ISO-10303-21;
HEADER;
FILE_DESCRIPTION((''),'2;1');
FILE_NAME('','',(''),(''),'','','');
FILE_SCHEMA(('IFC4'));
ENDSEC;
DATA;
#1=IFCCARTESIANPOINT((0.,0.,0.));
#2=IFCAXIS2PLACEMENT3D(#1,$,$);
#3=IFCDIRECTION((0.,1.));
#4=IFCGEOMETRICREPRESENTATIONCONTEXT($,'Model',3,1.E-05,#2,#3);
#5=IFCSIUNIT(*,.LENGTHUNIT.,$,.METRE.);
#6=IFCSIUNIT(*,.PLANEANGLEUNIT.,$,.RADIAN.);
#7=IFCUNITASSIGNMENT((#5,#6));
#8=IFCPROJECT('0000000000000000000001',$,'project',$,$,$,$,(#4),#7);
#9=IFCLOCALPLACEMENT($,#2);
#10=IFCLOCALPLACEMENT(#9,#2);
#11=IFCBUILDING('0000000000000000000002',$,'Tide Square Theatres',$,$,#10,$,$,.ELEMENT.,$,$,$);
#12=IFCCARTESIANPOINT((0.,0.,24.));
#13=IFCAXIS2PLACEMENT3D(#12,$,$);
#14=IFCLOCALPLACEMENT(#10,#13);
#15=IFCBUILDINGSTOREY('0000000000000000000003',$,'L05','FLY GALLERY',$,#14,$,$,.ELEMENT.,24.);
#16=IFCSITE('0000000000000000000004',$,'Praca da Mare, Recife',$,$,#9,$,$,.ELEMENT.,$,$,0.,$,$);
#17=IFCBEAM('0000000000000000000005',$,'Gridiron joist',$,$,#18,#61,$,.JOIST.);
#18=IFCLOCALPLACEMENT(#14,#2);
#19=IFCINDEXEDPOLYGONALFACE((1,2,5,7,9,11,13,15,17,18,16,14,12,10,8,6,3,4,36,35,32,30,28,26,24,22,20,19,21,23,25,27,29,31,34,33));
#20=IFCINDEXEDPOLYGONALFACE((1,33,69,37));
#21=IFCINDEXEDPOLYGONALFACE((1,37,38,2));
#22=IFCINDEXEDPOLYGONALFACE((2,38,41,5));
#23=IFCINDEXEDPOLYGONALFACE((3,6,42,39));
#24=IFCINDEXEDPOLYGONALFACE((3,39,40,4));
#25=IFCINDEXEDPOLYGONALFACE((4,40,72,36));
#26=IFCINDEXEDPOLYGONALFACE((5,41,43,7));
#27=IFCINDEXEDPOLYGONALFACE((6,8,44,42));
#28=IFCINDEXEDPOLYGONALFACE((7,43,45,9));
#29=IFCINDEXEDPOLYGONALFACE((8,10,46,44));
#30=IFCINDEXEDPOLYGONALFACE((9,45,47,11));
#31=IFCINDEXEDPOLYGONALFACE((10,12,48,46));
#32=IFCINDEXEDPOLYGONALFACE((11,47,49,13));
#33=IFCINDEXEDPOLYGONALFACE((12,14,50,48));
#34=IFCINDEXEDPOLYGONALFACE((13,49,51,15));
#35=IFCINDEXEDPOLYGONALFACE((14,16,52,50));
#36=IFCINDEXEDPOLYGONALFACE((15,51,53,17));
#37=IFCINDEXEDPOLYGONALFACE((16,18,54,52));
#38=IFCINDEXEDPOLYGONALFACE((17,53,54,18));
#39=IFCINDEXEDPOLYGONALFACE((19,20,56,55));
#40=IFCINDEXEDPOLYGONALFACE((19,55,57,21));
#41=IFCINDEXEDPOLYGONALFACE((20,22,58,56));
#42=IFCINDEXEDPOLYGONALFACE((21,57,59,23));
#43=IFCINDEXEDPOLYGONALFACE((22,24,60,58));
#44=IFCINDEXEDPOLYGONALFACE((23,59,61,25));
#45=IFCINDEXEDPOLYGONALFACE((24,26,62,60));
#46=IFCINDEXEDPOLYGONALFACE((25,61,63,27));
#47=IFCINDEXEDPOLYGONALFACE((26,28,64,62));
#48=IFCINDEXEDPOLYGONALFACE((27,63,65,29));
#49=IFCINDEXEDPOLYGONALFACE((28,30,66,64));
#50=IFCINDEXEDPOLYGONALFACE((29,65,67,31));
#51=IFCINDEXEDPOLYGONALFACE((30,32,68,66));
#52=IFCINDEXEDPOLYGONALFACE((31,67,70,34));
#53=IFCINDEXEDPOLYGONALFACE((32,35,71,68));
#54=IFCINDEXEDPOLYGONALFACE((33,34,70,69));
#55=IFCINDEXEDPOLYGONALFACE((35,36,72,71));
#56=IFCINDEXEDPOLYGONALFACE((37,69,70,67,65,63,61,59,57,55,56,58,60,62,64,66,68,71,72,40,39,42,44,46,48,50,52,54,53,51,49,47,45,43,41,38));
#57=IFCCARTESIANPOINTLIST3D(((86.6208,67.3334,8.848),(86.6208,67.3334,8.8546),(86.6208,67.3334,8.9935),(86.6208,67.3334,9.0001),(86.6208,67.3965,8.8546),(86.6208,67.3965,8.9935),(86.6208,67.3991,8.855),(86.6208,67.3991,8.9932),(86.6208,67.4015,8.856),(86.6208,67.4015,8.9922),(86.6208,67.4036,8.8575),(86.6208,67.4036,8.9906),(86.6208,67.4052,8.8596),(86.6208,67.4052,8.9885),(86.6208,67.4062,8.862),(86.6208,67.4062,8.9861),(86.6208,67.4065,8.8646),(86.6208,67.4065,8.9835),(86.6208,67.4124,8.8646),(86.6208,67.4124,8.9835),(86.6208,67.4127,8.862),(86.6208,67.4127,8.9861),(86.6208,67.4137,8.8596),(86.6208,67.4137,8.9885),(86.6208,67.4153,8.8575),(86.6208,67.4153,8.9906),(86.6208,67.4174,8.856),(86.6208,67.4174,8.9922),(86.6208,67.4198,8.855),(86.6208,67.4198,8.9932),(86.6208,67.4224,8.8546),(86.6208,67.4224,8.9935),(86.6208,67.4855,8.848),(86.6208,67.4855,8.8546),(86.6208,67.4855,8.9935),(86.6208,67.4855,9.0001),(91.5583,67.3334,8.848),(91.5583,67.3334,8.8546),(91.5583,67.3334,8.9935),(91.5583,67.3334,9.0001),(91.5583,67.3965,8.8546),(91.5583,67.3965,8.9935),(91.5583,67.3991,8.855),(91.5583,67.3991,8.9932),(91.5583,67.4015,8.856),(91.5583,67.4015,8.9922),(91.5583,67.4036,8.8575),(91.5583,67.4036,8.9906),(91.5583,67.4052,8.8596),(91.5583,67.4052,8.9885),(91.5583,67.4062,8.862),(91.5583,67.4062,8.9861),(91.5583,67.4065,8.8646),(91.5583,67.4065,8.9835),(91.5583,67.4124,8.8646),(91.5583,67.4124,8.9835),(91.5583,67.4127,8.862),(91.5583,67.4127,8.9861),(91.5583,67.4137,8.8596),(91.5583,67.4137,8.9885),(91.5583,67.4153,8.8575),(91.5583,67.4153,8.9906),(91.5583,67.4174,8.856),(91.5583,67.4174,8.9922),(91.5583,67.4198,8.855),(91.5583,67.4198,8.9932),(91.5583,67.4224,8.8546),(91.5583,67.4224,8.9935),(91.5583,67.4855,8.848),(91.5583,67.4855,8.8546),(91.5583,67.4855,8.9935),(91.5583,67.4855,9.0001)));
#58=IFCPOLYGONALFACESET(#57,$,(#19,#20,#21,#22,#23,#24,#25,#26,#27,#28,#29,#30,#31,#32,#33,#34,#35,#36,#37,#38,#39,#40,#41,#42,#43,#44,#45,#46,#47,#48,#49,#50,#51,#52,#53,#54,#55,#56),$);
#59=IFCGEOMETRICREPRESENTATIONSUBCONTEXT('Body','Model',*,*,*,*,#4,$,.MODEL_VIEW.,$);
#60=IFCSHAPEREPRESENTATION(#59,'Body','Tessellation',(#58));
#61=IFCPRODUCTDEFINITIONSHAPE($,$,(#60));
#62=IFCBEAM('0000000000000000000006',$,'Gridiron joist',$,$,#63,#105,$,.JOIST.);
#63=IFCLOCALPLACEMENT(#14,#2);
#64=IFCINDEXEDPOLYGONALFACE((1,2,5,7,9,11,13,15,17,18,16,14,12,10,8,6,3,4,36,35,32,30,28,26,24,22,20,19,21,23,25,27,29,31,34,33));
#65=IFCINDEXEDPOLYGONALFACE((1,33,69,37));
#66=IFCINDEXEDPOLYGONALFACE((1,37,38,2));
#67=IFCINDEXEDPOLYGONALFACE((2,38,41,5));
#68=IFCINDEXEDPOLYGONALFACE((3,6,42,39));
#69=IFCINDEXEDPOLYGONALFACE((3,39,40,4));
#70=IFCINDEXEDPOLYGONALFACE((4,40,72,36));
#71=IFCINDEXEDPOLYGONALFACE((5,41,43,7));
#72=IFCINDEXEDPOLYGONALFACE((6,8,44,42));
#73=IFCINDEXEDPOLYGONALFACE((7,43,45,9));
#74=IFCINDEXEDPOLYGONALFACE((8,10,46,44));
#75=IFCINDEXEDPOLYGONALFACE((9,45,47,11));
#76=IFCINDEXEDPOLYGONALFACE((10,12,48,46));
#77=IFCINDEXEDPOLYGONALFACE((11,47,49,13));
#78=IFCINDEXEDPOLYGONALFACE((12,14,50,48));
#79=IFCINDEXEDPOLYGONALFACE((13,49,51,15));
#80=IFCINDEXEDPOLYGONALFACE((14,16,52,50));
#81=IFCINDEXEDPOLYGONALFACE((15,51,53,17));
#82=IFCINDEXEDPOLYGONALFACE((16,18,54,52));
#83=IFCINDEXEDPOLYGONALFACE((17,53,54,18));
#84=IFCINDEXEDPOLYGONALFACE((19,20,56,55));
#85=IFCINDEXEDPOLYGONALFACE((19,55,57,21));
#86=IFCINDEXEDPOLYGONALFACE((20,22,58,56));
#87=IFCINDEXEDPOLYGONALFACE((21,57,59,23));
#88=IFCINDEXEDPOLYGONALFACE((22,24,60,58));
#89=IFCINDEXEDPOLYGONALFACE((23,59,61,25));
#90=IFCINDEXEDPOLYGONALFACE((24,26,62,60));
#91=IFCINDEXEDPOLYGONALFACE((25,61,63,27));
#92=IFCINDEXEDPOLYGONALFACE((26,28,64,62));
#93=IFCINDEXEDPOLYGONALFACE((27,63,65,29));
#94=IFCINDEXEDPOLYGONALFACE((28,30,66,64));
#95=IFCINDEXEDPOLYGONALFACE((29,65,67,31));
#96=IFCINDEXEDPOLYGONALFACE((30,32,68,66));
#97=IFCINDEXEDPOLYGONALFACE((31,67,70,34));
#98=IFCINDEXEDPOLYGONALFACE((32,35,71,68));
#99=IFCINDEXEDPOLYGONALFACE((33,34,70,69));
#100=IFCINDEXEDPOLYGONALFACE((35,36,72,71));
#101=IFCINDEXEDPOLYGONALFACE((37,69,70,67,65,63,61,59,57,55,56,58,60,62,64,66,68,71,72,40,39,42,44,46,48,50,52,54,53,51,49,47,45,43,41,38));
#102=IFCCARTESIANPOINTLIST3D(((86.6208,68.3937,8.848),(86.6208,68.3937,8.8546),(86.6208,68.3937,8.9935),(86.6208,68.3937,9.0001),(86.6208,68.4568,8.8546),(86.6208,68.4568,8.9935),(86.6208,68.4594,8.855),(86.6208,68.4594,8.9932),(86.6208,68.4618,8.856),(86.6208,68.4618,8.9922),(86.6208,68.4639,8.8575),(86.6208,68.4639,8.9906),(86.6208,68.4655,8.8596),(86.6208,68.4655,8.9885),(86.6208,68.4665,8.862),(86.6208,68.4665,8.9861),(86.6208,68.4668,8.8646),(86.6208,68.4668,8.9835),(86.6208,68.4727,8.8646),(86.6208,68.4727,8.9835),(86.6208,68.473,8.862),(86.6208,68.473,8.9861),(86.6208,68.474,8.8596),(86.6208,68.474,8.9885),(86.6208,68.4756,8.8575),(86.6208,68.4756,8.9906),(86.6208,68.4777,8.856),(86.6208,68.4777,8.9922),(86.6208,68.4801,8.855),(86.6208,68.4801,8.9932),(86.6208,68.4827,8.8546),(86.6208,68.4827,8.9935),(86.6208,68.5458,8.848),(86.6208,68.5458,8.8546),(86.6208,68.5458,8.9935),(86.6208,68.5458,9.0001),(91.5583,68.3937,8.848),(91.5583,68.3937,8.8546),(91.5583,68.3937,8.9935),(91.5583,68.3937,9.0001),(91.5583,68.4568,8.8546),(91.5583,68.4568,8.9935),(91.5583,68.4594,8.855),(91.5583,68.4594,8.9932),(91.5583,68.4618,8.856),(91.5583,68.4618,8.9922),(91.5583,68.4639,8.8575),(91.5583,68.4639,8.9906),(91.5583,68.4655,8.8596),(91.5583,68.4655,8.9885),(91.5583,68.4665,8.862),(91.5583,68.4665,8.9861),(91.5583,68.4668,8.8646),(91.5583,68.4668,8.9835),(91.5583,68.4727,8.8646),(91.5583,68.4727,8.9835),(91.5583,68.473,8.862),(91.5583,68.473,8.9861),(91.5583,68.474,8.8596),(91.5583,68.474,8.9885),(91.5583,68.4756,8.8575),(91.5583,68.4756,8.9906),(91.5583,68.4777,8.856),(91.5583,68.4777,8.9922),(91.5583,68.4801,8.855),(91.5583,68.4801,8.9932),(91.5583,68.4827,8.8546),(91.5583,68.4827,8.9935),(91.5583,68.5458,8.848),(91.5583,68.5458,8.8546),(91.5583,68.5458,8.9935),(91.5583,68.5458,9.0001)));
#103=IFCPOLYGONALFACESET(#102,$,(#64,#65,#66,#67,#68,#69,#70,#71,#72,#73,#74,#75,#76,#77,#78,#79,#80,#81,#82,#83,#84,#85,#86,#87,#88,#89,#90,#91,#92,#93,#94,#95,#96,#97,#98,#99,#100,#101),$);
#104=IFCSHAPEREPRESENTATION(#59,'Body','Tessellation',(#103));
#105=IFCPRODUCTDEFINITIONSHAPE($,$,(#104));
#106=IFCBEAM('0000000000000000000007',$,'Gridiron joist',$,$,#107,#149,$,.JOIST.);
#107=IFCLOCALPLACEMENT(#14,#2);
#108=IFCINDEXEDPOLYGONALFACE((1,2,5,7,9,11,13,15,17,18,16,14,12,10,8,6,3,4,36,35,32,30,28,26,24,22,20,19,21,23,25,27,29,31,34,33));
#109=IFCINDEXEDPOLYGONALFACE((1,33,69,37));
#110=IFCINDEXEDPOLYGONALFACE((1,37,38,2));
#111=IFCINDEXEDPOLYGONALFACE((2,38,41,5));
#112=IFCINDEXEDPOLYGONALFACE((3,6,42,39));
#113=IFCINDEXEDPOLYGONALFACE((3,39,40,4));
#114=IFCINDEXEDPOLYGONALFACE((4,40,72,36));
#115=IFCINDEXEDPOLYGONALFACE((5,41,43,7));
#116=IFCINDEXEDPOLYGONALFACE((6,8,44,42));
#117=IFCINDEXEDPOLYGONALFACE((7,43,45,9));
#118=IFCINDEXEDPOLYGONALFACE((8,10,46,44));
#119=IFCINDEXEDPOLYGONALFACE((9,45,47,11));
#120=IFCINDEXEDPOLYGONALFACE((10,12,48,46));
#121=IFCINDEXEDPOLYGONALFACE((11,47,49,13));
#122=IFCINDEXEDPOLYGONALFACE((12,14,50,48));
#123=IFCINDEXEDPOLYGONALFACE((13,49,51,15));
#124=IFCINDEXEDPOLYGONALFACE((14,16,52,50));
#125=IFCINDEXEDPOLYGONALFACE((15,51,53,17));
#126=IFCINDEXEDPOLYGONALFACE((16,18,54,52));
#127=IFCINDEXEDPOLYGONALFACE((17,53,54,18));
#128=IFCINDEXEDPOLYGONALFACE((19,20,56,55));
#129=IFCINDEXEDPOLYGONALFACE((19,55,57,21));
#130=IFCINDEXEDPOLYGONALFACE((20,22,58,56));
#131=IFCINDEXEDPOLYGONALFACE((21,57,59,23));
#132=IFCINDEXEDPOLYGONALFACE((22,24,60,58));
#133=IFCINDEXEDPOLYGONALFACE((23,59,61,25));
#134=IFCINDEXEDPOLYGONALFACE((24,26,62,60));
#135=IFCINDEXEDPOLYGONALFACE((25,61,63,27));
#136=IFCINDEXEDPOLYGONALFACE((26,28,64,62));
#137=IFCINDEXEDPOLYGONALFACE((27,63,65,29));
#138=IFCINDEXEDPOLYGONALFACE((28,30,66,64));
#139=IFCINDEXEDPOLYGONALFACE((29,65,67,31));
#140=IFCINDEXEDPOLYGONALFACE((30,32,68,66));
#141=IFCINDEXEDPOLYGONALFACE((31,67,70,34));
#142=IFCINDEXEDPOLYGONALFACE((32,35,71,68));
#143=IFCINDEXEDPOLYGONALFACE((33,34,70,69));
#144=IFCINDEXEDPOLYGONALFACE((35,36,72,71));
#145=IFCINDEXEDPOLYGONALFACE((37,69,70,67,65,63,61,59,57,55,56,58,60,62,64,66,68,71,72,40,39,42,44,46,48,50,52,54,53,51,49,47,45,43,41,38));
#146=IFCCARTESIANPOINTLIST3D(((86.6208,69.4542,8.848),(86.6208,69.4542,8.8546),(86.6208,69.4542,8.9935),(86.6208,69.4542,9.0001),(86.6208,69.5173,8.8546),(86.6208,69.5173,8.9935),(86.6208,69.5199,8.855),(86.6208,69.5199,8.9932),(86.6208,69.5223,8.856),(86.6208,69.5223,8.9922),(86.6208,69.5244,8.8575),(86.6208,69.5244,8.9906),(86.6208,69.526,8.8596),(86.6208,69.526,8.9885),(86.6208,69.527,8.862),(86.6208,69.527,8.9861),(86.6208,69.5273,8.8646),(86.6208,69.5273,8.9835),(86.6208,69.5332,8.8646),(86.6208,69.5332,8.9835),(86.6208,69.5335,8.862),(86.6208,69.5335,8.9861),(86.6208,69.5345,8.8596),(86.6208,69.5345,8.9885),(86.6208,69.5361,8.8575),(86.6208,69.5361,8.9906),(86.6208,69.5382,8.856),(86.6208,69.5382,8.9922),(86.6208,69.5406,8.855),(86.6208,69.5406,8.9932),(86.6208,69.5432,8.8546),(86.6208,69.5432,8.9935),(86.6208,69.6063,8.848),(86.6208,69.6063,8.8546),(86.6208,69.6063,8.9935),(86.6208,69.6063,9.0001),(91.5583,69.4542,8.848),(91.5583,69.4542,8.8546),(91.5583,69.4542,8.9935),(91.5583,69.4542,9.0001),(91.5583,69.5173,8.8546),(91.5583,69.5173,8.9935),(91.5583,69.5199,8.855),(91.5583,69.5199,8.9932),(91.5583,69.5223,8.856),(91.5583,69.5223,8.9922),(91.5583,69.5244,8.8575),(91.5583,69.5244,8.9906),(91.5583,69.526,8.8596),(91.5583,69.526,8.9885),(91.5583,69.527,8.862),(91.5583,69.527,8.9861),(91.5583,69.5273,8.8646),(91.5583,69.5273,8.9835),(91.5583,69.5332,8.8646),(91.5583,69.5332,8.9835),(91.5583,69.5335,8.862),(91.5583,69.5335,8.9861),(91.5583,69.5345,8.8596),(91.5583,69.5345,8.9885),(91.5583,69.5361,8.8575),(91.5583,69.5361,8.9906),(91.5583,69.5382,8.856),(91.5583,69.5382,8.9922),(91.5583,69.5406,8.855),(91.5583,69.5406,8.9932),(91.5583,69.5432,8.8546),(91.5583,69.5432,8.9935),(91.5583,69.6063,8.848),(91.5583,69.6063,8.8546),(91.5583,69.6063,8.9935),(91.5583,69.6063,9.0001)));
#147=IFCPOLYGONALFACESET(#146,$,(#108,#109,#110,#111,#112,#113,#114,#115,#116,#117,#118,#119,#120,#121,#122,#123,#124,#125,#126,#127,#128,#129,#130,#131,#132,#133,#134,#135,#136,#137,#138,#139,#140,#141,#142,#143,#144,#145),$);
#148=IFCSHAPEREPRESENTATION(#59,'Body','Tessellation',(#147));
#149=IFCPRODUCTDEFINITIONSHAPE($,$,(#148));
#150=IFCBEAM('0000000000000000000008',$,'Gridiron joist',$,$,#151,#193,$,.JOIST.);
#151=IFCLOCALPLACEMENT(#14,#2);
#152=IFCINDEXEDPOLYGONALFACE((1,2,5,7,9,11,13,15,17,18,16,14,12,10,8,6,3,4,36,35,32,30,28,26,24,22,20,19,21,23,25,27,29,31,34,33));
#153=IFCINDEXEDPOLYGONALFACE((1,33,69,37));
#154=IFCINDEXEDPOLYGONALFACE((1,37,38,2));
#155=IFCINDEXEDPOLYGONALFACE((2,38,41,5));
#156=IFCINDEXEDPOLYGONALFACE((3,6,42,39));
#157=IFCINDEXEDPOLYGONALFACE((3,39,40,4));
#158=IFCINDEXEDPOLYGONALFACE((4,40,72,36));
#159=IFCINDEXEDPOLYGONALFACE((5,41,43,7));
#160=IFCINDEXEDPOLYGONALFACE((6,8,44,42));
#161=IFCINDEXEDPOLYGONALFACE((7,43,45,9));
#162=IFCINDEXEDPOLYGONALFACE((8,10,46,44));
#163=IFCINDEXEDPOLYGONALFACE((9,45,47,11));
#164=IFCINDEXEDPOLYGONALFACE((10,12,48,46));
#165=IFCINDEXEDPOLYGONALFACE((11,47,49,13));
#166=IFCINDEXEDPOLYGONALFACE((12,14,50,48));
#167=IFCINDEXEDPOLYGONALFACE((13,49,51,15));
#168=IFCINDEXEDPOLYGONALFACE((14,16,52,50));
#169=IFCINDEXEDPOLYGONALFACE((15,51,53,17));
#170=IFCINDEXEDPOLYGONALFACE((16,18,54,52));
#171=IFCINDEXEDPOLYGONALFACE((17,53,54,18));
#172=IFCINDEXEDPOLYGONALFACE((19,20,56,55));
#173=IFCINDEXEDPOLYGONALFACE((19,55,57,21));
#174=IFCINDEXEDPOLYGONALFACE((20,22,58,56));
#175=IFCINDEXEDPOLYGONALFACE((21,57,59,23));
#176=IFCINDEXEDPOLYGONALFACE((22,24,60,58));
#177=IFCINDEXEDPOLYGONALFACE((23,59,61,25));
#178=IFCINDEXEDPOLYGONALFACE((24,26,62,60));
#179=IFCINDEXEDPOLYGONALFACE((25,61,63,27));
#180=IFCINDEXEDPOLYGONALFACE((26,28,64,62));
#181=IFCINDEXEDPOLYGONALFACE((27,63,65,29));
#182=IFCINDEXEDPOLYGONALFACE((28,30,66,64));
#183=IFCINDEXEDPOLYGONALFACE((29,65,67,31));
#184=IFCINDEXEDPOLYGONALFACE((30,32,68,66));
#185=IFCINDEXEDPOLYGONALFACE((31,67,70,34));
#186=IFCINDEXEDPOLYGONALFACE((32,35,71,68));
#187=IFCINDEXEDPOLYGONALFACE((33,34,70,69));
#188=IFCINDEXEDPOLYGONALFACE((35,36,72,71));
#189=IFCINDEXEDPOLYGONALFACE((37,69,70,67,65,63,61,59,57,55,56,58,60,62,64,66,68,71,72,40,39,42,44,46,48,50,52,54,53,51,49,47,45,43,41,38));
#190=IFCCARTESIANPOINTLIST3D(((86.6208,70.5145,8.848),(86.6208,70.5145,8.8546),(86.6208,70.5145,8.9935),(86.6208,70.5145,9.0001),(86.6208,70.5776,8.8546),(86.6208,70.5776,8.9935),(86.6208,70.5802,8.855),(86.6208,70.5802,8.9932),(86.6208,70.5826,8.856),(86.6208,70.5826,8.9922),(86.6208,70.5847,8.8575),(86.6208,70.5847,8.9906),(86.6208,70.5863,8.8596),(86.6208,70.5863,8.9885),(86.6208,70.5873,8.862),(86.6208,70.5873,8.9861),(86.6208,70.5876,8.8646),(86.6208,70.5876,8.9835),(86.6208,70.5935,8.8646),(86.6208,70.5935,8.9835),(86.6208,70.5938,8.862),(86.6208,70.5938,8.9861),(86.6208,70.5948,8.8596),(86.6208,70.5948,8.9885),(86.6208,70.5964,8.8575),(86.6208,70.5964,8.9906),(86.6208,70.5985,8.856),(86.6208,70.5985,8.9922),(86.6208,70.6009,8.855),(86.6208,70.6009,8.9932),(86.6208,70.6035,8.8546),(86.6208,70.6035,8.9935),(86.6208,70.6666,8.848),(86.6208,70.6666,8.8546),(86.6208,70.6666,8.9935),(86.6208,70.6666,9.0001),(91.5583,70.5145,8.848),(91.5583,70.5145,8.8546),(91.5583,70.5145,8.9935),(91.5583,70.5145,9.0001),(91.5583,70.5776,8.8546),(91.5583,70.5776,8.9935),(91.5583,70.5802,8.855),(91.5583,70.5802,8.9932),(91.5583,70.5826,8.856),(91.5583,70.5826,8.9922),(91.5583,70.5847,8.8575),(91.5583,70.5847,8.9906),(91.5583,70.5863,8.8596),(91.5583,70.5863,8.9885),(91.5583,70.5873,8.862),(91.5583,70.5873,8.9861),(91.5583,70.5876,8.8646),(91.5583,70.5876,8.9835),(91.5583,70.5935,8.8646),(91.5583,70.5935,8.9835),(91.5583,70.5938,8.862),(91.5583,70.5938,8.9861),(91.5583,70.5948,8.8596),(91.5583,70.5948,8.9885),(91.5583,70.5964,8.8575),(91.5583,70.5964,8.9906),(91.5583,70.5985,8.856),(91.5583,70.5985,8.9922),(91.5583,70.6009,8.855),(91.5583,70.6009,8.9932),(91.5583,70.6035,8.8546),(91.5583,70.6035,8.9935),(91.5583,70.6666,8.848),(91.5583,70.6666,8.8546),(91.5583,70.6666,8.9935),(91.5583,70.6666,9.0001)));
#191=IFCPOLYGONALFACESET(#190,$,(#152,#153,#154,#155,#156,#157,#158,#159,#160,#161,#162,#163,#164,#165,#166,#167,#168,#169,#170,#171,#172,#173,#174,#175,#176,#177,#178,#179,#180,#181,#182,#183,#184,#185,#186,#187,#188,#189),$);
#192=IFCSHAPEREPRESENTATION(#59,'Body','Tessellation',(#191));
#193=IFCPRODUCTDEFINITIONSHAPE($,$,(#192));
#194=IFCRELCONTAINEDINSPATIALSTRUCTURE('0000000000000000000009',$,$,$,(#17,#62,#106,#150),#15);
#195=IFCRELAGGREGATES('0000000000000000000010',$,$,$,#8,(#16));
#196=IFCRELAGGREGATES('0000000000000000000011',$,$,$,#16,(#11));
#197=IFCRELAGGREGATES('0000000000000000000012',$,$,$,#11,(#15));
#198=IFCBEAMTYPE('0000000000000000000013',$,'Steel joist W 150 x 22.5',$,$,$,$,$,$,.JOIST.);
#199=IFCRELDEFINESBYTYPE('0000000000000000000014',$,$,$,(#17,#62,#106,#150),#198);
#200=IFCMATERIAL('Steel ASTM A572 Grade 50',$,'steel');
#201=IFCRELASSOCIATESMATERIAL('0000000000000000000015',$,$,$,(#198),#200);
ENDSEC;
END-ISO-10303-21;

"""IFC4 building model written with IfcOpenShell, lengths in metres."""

from ifc_helpers import new_model, si_unit, direction, frame, origin, origin_2d, place, context, subcontext, project, spatial, i_section, extrude, material, material_profile, profile_set, type_object, element, save


model = new_model("IFC4")

# Units and contexts
model_context = context("Model", 3, precision=1e-05, world=origin(), true_north=direction((0.0, 1.0)))
body_context = subcontext(model_context, "Body", "Model", "MODEL_VIEW")
ifc_project = project(units=[si_unit("LENGTHUNIT", "METRE"), si_unit("PLANEANGLEUNIT", "RADIAN")], contexts=[model_context])

# Site, building, storey
site_placement = place(None, origin())
site = spatial("IfcSite", under=ifc_project, at=site_placement, Name="Praca da Mare, Recife", CompositionType="ELEMENT", RefElevation=0.0)
building_placement = place(site_placement, origin())
building = spatial("IfcBuilding", under=site, at=building_placement, Name="Tide Square Theatres", CompositionType="ELEMENT")
storey_placement = place(building_placement, frame((0.0, 0.0, 24.0)))
storey = spatial("IfcBuildingStorey", under=building, at=storey_placement, Name="L05", Description="FLY GALLERY", CompositionType="ELEMENT", Elevation=24.0)

# Beams
ifc_material_1 = material(Name="Steel ASTM A572 Grade 50", Category="steel")
ifc_material_profile_1 = material_profile(ifc_material_1, i_section(OverallWidth=0.1521, OverallDepth=0.1521, WebThickness=0.0059, FlangeThickness=0.0066, FilletRadius=0.01, at=origin_2d()))
ifc_profile_set_1 = profile_set([ifc_material_profile_1], Name="Steel ASTM A572 Grade 50")
beam_type_1 = type_object("IfcBeamType", Name="Steel joist W 150 x 22.5", PredefinedType="JOIST", material=ifc_profile_set_1)
for number, where, z_axis, x_axis, name in (
    (1, (86.6208, 67.4094, 8.9241), (1.0, 0.0, 0.0), (0.0, 1.0, 0.0), "Gridiron joist"),
    (2, (86.6208, 68.4697, 8.9241), (1.0, 0.0, 0.0), (0.0, 1.0, 0.0), "Gridiron joist"),
    (3, (86.6208, 69.5303, 8.9241), (1.0, 0.0, 0.0), (0.0, 1.0, 0.0), "Gridiron joist"),
    (4, (86.6208, 70.5906, 8.9241), (1.0, 0.0, 0.0), (0.0, 1.0, 0.0), "Gridiron joist"),
):
    element("IfcBeam", number, at=place(storey_placement, frame(where, z_axis=z_axis, x_axis=x_axis)), inside=storey, type_object=beam_type_1, Name=name, PredefinedType="JOIST", context=body_context, shape_type="SweptSolid", body=[
        extrude(i_section(OverallWidth=0.1521, OverallDepth=0.1521, WebThickness=0.0059, FlangeThickness=0.0066, FilletRadius=0.01, at=origin_2d()), origin(), (0.0, 0.0, 1.0), 4.9375),
    ])

save(model, "model.ifc")
